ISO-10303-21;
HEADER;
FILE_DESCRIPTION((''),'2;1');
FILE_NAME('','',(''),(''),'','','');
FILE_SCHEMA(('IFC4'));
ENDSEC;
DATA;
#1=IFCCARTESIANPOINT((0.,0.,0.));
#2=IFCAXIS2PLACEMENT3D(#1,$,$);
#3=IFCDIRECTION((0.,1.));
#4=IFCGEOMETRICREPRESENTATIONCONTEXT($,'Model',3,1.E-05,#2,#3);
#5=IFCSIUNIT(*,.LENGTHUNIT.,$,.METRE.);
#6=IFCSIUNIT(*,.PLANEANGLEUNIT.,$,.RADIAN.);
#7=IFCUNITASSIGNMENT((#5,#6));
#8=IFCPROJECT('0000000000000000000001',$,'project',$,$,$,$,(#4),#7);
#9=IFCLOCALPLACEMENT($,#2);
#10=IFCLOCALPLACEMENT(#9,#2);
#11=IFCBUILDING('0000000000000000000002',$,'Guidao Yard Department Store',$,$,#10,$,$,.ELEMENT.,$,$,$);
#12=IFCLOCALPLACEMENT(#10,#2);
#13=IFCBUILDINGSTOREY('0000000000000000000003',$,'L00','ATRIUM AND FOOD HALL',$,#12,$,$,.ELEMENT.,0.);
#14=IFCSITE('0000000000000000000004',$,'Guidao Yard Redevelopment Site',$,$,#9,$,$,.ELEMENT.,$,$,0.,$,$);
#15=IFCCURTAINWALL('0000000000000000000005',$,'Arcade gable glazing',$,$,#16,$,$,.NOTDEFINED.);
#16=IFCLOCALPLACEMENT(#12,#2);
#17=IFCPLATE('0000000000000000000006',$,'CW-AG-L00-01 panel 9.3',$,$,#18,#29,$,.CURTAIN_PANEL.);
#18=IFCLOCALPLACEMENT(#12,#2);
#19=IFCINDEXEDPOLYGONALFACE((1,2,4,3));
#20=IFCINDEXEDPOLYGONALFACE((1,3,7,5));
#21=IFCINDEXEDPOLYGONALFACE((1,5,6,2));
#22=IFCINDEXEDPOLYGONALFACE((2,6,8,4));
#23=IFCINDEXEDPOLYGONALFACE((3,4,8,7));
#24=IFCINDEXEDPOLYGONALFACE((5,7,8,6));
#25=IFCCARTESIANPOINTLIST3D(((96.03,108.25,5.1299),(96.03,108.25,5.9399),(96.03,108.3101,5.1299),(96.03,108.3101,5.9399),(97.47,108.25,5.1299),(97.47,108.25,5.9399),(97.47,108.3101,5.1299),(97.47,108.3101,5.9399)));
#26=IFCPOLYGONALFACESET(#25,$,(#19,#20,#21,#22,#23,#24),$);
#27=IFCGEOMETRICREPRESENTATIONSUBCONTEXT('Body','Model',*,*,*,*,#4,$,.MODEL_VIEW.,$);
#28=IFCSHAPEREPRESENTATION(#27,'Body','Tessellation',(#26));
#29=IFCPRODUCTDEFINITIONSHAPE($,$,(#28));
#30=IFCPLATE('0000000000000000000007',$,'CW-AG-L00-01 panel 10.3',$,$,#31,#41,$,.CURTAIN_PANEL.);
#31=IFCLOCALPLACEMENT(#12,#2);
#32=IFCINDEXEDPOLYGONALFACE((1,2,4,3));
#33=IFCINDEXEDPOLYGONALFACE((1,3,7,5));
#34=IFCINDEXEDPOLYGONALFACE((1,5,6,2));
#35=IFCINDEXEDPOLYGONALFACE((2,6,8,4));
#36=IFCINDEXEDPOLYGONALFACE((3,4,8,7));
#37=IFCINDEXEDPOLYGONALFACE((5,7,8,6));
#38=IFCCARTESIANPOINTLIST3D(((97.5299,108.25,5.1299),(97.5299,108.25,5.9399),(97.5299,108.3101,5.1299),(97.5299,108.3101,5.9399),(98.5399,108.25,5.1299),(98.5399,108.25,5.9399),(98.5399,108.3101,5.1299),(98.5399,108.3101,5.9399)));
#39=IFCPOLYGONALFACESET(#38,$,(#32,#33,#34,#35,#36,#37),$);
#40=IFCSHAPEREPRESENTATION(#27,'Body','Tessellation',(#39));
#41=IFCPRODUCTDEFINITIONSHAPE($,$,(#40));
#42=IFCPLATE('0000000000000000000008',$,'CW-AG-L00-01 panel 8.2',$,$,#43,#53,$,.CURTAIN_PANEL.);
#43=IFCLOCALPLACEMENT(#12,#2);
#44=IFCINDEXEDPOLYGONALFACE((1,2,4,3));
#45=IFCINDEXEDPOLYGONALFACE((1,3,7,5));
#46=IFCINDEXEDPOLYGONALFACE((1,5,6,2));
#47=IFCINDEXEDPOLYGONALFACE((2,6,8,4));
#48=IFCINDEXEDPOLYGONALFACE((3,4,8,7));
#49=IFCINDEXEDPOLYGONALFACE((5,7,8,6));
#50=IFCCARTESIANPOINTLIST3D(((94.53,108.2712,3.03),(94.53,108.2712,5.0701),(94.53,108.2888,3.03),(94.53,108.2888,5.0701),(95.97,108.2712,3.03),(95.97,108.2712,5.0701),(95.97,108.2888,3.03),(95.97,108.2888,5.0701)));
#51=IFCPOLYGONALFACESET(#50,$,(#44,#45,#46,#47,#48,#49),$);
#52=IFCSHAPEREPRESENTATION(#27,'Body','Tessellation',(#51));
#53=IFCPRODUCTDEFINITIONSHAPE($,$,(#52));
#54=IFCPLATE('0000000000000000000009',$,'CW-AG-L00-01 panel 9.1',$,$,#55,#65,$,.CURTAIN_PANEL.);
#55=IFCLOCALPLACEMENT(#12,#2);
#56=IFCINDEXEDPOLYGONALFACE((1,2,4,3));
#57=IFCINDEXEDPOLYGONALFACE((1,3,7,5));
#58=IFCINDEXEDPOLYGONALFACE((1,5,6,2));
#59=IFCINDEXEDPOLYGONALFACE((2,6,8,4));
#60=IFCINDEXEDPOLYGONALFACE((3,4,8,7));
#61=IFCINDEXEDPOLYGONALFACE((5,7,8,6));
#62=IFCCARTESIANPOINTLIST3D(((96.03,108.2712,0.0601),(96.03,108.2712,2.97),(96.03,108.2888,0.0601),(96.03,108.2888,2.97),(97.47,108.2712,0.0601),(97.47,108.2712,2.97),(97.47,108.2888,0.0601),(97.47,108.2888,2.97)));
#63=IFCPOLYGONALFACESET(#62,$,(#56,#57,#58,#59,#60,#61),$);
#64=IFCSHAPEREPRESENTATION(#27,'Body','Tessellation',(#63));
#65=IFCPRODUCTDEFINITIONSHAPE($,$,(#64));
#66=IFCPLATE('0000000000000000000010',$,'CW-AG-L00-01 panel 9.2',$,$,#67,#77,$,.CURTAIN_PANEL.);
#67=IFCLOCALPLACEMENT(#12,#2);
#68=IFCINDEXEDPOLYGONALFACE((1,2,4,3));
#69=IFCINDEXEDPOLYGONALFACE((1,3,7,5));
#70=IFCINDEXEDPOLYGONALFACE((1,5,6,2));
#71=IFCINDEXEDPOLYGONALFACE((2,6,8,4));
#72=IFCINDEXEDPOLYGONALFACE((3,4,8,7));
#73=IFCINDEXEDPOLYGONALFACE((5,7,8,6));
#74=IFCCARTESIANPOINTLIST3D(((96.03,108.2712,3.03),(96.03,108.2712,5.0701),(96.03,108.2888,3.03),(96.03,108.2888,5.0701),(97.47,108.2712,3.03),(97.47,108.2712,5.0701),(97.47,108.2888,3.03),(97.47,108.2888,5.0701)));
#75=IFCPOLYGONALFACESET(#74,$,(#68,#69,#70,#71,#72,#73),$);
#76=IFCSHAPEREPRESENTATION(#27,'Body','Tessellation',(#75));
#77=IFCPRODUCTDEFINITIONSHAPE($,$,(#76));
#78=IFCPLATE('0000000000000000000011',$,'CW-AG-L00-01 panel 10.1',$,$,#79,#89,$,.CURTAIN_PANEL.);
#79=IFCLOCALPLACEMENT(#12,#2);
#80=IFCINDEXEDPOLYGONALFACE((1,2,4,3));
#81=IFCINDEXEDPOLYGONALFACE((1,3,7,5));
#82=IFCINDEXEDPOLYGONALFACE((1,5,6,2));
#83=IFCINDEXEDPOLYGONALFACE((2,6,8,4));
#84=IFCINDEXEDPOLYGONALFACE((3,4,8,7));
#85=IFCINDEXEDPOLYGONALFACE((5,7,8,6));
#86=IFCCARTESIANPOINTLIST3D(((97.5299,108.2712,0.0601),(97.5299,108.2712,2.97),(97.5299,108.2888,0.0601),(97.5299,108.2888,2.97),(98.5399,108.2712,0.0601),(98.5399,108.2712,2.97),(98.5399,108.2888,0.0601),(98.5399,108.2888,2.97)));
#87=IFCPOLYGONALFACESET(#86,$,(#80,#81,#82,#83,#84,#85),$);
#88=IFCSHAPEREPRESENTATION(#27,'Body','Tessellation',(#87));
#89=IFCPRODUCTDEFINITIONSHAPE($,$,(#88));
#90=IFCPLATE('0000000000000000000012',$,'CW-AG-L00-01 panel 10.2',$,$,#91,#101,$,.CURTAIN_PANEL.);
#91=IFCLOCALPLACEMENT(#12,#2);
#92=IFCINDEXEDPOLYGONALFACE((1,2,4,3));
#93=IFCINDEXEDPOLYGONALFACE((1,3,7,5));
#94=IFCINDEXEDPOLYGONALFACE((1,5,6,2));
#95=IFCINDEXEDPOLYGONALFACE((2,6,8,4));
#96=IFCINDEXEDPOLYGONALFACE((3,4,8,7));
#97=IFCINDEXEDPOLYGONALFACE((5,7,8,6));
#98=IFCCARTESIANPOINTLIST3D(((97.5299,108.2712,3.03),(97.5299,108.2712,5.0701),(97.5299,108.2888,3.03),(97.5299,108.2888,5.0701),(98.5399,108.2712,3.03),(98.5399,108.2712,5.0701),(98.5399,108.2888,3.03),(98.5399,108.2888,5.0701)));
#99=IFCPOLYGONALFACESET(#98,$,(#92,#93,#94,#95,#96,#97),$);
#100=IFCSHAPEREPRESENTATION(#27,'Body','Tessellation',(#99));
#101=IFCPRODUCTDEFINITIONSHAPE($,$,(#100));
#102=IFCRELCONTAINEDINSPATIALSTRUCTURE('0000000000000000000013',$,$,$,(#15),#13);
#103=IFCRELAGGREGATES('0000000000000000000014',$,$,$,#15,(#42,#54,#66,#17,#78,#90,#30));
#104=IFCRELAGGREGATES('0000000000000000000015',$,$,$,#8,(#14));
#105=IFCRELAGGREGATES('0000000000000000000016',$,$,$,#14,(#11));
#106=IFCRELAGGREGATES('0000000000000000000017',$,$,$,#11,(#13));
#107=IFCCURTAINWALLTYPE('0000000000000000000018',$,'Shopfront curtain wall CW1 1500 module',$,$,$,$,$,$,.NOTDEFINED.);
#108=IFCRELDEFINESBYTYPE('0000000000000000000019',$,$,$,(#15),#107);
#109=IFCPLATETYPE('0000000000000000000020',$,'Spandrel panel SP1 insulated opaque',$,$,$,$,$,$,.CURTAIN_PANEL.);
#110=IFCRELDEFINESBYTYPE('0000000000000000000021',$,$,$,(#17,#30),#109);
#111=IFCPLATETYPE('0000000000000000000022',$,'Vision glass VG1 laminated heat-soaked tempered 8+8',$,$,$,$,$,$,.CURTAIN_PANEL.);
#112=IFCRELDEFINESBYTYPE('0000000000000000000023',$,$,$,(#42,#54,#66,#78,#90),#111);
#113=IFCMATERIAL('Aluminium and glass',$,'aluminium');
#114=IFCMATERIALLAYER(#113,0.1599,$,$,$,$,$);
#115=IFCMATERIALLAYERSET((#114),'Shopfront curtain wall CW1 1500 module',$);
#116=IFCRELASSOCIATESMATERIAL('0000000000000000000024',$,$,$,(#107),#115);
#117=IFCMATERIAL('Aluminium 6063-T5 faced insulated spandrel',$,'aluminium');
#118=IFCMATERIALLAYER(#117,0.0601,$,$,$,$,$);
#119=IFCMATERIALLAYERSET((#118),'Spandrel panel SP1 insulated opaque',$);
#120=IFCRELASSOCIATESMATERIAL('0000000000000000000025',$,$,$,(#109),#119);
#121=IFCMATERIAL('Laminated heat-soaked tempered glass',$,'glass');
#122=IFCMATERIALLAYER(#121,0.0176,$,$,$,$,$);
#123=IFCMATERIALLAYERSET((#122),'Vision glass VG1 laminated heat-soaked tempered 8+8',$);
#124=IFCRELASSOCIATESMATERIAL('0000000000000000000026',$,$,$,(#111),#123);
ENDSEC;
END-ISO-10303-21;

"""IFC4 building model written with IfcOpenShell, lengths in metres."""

from ifc_helpers import new_model, si_unit, direction, frame, origin, origin_2d, place, context, subcontext, project, spatial, rectangle, extrude, material, layer, layer_set, type_object, element, aggregate, save


model = new_model("IFC4")

# Units and contexts
model_context = context("Model", 3, precision=1e-05, world=origin(), true_north=direction((0.0, 1.0)))
body_context = subcontext(model_context, "Body", "Model", "MODEL_VIEW")
ifc_project = project(units=[si_unit("LENGTHUNIT", "METRE"), si_unit("PLANEANGLEUNIT", "RADIAN")], contexts=[model_context])

# Site, building, storey
site_placement = place(None, origin())
site = spatial("IfcSite", under=ifc_project, at=site_placement, Name="Guidao Yard Redevelopment Site", CompositionType="ELEMENT", RefElevation=0.0)
building_placement = place(site_placement, origin())
building = spatial("IfcBuilding", under=site, at=building_placement, Name="Guidao Yard Department Store", CompositionType="ELEMENT")
storey_placement = place(building_placement, origin())
storey = spatial("IfcBuildingStorey", under=building, at=storey_placement, Name="L00", Description="ATRIUM AND FOOD HALL", CompositionType="ELEMENT", Elevation=0.0)

# Curtain wall, plates
ifc_material_1 = material(Name="Aluminium and glass", Category="aluminium")
ifc_layer_1 = layer(ifc_material_1, 0.1599)
ifc_layer_set_1 = layer_set([ifc_layer_1], Name="Shopfront curtain wall CW1 1500 module")
curtain_wall_type = type_object("IfcCurtainWallType", Name="Shopfront curtain wall CW1 1500 module", PredefinedType="NOTDEFINED", material=ifc_layer_set_1)
curtain_wall_placement = place(storey_placement, origin())
curtain_wall = element("IfcCurtainWall", 1, at=curtain_wall_placement, inside=storey, type_object=curtain_wall_type, Name="Arcade gable glazing", PredefinedType="NOTDEFINED")
ifc_material_2 = material(Name="Aluminium 6063-T5 faced insulated spandrel", Category="aluminium")
ifc_layer_2 = layer(ifc_material_2, 0.0601)
ifc_layer_set_2 = layer_set([ifc_layer_2], Name="Spandrel panel SP1 insulated opaque")
plate_type_1 = type_object("IfcPlateType", Name="Spandrel panel SP1 insulated opaque", PredefinedType="CURTAIN_PANEL", material=ifc_layer_set_2)
plate_1_placement = place(storey_placement, frame((96.75, 108.28, 5.1299), z_axis=(0.0, 0.0, 1.0), x_axis=(1.0, 0.0, 0.0)))
plate_1 = element("IfcPlate", 2, at=plate_1_placement, type_object=plate_type_1, Name="CW-AG-L00-01 panel 9.3", PredefinedType="CURTAIN_PANEL", context=body_context, shape_type="SweptSolid", body=[
    extrude(rectangle(XDim=1.4399, YDim=0.0601, at=origin_2d()), origin(), (0.0, 0.0, 1.0), 0.8101),
])
plate_2_placement = place(storey_placement, frame((98.0349, 108.28, 5.1299), z_axis=(0.0, 0.0, 1.0), x_axis=(1.0, 0.0, 0.0)))
plate_2 = element("IfcPlate", 3, at=plate_2_placement, type_object=plate_type_1, Name="CW-AG-L00-01 panel 10.3", PredefinedType="CURTAIN_PANEL", context=body_context, shape_type="SweptSolid", body=[
    extrude(rectangle(XDim=1.01, YDim=0.0601, at=origin_2d()), origin(), (0.0, 0.0, 1.0), 0.8101),
])
ifc_material_3 = material(Name="Laminated heat-soaked tempered glass", Category="glass")
ifc_layer_3 = layer(ifc_material_3, 0.0176)
ifc_layer_set_3 = layer_set([ifc_layer_3], Name="Vision glass VG1 laminated heat-soaked tempered 8+8")
plate_type_2 = type_object("IfcPlateType", Name="Vision glass VG1 laminated heat-soaked tempered 8+8", PredefinedType="CURTAIN_PANEL", material=ifc_layer_set_3)
plate_3_placement = place(storey_placement, frame((95.25, 108.28, 3.03), z_axis=(0.0, 0.0, 1.0), x_axis=(1.0, 0.0, 0.0)))
plate_3 = element("IfcPlate", 4, at=plate_3_placement, type_object=plate_type_2, Name="CW-AG-L00-01 panel 8.2", PredefinedType="CURTAIN_PANEL", context=body_context, shape_type="SweptSolid", body=[
    extrude(rectangle(XDim=1.4399, YDim=0.0176, at=origin_2d()), origin(), (0.0, 0.0, 1.0), 2.04),
])
plate_4_placement = place(storey_placement, frame((96.75, 108.28, 0.0601), z_axis=(0.0, 0.0, 1.0), x_axis=(1.0, 0.0, 0.0)))
plate_4 = element("IfcPlate", 5, at=plate_4_placement, type_object=plate_type_2, Name="CW-AG-L00-01 panel 9.1", PredefinedType="CURTAIN_PANEL", context=body_context, shape_type="SweptSolid", body=[
    extrude(rectangle(XDim=1.4399, YDim=0.0176, at=origin_2d()), origin(), (0.0, 0.0, 1.0), 2.9099),
])
plate_5_placement = place(storey_placement, frame((96.75, 108.28, 3.03), z_axis=(0.0, 0.0, 1.0), x_axis=(1.0, 0.0, 0.0)))
plate_5 = element("IfcPlate", 6, at=plate_5_placement, type_object=plate_type_2, Name="CW-AG-L00-01 panel 9.2", PredefinedType="CURTAIN_PANEL", context=body_context, shape_type="SweptSolid", body=[
    extrude(rectangle(XDim=1.4399, YDim=0.0176, at=origin_2d()), origin(), (0.0, 0.0, 1.0), 2.04),
])
plate_6_placement = place(storey_placement, frame((98.0349, 108.28, 0.0601), z_axis=(0.0, 0.0, 1.0), x_axis=(1.0, 0.0, 0.0)))
plate_6 = element("IfcPlate", 7, at=plate_6_placement, type_object=plate_type_2, Name="CW-AG-L00-01 panel 10.1", PredefinedType="CURTAIN_PANEL", context=body_context, shape_type="SweptSolid", body=[
    extrude(rectangle(XDim=1.01, YDim=0.0176, at=origin_2d()), origin(), (0.0, 0.0, 1.0), 2.9099),
])
plate_7_placement = place(storey_placement, frame((98.0349, 108.28, 3.03), z_axis=(0.0, 0.0, 1.0), x_axis=(1.0, 0.0, 0.0)))
plate_7 = element("IfcPlate", 8, at=plate_7_placement, type_object=plate_type_2, Name="CW-AG-L00-01 panel 10.2", PredefinedType="CURTAIN_PANEL", context=body_context, shape_type="SweptSolid", body=[
    extrude(rectangle(XDim=1.01, YDim=0.0176, at=origin_2d()), origin(), (0.0, 0.0, 1.0), 2.04),
])
aggregate(curtain_wall, [plate_3, plate_4, plate_5, plate_1, plate_6, plate_7, plate_2])

save(model, "model.ifc")
